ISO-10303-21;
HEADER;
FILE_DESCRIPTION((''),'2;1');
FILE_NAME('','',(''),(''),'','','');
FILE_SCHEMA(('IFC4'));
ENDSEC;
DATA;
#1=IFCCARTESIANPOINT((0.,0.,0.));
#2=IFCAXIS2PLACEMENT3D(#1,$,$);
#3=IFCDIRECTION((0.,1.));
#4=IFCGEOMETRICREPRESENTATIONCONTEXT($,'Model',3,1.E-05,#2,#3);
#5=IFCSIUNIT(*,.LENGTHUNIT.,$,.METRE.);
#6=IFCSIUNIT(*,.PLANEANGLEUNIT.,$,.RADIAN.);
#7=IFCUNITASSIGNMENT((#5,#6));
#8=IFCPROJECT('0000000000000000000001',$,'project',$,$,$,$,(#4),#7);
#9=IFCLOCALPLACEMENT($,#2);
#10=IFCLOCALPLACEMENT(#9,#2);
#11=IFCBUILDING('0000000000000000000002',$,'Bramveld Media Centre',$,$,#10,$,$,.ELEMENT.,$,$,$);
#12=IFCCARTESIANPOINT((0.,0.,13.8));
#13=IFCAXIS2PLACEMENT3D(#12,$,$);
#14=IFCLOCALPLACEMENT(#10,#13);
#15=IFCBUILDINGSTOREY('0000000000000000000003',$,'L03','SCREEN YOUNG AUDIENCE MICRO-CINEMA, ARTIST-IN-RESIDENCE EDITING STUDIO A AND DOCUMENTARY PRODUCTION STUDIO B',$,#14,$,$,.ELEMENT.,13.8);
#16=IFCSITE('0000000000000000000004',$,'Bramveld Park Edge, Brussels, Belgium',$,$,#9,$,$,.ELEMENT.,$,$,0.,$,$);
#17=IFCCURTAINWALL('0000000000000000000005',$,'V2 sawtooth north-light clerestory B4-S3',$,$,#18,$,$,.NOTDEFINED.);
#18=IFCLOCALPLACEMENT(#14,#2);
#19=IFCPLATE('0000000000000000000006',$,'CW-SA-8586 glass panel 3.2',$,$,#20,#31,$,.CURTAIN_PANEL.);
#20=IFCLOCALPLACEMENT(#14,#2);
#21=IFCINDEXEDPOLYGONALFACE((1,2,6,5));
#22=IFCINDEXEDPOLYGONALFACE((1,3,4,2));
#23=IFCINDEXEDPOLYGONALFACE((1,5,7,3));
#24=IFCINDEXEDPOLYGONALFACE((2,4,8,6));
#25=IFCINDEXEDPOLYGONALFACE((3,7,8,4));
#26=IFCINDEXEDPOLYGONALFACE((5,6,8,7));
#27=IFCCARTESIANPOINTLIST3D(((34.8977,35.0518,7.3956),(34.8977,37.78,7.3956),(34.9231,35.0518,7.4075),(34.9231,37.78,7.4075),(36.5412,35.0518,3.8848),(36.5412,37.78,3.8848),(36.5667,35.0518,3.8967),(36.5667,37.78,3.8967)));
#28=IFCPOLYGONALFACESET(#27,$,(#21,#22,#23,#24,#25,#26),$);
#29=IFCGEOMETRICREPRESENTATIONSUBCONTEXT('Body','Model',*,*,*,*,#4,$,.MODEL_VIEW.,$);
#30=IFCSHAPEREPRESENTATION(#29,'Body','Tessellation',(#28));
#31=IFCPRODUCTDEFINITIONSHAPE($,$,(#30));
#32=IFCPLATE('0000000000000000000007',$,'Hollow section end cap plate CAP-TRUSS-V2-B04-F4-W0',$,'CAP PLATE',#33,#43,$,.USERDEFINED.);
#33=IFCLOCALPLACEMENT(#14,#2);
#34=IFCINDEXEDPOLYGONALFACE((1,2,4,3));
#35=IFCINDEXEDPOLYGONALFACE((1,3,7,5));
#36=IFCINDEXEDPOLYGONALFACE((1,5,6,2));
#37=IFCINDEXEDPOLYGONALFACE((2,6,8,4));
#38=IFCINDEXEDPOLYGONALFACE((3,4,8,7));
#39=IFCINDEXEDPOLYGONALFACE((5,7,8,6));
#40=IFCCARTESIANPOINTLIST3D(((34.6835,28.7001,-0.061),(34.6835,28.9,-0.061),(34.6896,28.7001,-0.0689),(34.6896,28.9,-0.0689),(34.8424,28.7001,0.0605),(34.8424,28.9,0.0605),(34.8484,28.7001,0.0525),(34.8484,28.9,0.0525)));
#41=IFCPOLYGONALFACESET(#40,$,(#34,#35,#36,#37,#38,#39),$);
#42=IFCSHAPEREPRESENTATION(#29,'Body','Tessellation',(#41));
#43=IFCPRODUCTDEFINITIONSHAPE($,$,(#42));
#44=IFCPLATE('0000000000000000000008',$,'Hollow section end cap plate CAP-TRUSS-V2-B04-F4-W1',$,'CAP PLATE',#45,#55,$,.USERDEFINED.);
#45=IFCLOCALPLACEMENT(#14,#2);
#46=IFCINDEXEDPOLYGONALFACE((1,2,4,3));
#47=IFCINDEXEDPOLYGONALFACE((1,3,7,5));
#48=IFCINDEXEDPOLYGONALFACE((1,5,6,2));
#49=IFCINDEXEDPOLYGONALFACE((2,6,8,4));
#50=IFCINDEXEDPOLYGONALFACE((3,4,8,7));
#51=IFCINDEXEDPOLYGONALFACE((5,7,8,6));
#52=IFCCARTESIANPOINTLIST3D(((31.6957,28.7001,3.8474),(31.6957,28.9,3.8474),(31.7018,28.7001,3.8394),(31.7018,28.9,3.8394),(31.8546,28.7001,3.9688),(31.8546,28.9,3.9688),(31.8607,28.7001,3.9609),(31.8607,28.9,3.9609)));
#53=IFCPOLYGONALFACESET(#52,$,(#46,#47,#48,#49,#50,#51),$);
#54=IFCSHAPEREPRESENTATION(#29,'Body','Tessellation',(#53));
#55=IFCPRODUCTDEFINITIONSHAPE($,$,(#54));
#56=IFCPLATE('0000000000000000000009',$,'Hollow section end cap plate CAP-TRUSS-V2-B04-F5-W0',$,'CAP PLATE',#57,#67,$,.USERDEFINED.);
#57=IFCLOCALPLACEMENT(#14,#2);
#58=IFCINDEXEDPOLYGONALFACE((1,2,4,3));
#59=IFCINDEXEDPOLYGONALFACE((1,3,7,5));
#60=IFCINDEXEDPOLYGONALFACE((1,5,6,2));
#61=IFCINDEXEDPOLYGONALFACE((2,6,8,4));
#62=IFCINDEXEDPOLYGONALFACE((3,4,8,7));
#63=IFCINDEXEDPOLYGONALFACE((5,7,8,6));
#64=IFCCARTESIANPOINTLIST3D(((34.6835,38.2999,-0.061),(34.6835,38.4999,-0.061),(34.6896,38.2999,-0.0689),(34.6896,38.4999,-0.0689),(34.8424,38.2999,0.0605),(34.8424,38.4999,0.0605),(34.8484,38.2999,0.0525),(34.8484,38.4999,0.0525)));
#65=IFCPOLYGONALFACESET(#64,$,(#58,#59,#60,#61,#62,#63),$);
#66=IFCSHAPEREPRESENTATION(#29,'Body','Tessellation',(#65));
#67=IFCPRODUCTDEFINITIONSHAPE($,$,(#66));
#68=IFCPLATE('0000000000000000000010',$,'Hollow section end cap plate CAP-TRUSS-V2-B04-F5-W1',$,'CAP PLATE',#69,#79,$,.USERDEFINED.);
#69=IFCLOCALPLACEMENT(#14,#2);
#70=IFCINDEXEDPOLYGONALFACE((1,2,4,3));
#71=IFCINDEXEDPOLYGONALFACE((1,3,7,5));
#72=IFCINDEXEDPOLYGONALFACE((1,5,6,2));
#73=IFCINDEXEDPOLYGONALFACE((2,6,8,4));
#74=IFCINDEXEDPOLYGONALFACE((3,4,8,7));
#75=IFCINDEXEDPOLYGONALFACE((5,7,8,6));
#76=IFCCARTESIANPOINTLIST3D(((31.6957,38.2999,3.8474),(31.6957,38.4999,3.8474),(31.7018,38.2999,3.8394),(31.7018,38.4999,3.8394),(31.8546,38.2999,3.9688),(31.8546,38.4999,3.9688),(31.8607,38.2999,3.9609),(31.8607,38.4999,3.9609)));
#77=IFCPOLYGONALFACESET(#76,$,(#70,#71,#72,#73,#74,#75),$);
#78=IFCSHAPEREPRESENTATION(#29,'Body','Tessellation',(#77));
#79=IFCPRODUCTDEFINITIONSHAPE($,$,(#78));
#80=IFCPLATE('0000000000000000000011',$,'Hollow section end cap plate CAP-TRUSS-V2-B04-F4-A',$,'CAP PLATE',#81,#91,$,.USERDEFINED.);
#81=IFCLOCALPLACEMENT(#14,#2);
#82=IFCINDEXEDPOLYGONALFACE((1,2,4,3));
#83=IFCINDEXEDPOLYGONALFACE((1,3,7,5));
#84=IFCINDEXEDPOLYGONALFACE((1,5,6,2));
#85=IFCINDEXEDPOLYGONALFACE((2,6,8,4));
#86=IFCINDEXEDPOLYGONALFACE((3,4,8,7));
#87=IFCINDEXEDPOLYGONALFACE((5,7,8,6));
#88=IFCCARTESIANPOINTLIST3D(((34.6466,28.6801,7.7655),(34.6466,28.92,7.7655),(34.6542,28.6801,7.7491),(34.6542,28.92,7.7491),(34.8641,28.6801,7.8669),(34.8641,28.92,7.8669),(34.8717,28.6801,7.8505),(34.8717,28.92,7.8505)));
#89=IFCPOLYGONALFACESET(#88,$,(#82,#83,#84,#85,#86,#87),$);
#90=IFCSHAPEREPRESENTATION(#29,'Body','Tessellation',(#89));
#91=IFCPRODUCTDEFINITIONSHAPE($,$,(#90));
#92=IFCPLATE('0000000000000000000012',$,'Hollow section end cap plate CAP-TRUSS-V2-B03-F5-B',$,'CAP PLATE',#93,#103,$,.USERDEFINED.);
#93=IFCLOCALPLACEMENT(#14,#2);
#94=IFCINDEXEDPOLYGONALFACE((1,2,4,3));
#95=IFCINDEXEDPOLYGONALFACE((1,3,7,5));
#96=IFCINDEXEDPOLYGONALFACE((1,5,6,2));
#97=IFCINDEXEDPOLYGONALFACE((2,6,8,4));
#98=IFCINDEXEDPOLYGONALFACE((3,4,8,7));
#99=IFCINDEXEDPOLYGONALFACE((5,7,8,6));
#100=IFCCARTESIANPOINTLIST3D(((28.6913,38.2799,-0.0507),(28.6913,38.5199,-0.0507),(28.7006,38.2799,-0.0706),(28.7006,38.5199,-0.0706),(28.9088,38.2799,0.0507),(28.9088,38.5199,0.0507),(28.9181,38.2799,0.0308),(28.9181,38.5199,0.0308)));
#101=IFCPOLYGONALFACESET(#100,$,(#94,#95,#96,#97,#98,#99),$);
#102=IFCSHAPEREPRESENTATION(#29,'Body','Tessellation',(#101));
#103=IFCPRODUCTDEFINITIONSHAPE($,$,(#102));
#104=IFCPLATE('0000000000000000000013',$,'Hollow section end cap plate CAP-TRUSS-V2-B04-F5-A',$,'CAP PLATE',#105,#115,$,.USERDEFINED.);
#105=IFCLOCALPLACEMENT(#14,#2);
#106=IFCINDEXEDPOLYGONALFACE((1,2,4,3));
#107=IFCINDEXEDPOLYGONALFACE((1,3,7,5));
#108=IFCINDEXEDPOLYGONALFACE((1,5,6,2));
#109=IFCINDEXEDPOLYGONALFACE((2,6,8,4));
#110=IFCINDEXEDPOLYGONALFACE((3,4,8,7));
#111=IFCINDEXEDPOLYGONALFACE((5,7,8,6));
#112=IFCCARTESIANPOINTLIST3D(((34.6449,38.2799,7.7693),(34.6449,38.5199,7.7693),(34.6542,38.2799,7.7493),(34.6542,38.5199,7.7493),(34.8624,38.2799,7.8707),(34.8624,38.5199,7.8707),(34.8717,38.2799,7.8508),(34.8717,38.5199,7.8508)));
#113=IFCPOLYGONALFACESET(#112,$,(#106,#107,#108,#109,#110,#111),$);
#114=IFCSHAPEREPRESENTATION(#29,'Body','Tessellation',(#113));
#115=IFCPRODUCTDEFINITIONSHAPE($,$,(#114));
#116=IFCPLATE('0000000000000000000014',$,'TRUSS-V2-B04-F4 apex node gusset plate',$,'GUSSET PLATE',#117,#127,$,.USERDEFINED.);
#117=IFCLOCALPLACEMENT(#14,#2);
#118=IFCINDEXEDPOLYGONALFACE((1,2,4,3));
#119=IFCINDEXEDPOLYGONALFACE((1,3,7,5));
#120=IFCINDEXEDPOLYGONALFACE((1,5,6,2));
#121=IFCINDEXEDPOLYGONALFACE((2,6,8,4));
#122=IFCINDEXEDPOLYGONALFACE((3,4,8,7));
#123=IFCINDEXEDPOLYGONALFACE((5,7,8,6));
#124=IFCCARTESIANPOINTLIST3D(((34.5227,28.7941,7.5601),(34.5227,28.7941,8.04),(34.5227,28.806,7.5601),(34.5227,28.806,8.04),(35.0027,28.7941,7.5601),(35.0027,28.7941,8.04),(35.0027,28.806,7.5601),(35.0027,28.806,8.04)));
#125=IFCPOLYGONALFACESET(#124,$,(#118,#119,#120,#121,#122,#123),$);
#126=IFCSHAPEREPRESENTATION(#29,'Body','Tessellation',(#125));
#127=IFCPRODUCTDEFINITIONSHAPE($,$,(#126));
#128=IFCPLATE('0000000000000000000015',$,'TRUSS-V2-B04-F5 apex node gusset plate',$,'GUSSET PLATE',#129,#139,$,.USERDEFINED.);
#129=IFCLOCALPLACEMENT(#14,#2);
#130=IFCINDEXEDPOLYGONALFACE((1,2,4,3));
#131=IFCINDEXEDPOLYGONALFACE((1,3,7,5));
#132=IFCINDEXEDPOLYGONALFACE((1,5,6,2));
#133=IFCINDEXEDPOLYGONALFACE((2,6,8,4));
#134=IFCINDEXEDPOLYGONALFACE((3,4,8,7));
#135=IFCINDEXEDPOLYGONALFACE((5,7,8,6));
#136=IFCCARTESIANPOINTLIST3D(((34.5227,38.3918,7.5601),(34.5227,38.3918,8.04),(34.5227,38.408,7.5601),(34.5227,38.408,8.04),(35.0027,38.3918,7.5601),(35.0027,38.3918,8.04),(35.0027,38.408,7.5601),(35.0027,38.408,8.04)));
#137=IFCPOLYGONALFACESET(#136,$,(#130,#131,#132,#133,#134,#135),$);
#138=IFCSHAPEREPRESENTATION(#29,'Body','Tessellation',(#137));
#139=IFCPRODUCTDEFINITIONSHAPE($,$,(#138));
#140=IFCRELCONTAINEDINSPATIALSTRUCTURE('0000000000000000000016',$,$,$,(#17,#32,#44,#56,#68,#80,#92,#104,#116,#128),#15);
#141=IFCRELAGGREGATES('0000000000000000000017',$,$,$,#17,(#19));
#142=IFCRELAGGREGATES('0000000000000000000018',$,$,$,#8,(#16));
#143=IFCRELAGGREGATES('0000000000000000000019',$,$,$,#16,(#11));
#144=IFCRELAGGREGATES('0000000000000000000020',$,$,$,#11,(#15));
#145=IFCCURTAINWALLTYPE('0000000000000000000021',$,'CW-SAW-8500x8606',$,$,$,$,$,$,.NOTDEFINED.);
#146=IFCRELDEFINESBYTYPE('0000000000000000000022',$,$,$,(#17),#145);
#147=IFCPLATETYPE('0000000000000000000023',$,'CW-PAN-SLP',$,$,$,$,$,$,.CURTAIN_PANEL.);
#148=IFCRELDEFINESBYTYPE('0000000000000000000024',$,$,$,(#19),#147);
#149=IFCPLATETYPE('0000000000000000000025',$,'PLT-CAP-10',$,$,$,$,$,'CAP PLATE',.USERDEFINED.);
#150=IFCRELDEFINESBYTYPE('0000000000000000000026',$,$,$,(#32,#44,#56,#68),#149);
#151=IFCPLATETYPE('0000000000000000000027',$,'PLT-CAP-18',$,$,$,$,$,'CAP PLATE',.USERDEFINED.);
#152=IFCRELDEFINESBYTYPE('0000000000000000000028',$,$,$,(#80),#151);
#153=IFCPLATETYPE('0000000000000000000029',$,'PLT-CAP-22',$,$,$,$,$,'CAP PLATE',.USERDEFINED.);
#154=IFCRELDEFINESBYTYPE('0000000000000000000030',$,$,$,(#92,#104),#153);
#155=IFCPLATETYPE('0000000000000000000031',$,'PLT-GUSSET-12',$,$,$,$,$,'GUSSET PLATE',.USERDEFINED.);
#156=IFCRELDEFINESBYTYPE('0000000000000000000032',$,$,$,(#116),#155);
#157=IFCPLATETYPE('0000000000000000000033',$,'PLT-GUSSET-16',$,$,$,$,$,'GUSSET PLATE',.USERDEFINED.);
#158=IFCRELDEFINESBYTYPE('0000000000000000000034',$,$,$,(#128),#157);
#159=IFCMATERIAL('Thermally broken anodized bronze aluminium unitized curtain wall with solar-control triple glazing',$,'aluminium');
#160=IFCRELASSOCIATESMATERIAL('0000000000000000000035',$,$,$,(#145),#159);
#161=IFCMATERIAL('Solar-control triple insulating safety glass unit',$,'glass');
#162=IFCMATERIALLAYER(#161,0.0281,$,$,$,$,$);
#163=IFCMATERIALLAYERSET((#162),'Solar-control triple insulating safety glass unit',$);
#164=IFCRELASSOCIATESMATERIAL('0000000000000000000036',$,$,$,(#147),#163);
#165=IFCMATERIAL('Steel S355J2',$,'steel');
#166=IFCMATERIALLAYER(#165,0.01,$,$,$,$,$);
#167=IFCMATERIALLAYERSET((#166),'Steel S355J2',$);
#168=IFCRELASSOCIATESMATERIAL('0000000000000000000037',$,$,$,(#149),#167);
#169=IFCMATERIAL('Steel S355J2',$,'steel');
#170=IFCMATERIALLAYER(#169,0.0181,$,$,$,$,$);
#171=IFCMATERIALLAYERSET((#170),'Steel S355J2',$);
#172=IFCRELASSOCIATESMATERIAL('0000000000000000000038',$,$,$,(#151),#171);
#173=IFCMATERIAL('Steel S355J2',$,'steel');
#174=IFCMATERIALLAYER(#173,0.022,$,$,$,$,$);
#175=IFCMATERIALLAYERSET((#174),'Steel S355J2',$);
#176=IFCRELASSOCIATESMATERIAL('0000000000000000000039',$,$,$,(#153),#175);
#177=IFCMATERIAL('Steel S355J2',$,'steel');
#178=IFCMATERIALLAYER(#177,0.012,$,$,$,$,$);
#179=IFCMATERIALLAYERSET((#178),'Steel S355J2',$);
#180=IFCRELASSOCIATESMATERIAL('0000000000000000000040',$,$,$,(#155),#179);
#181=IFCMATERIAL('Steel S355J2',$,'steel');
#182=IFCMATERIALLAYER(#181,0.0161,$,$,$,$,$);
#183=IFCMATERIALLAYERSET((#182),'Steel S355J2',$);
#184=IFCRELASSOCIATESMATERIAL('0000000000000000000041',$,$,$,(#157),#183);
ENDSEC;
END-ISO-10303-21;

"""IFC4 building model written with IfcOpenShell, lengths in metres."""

from ifc_helpers import new_model, si_unit, direction, frame, origin, origin_2d, place, context, subcontext, project, spatial, polyline, rectangle, outline, extrude, material, layer, layer_set, type_object, element, aggregate, save


model = new_model("IFC4")

# Units and contexts
model_context = context("Model", 3, precision=1e-05, world=origin(), true_north=direction((0.0, 1.0)))
body_context = subcontext(model_context, "Body", "Model", "MODEL_VIEW")
ifc_project = project(units=[si_unit("LENGTHUNIT", "METRE"), si_unit("PLANEANGLEUNIT", "RADIAN")], contexts=[model_context])

# Site, building, storey
site_placement = place(None, origin())
site = spatial("IfcSite", under=ifc_project, at=site_placement, Name="Bramveld Park Edge, Brussels, Belgium", CompositionType="ELEMENT", RefElevation=0.0)
building_placement = place(site_placement, origin())
building = spatial("IfcBuilding", under=site, at=building_placement, Name="Bramveld Media Centre", CompositionType="ELEMENT")
storey_placement = place(building_placement, frame((0.0, 0.0, 13.8)))
storey = spatial("IfcBuildingStorey", under=building, at=storey_placement, Name="L03", Description="SCREEN YOUNG AUDIENCE MICRO-CINEMA, ARTIST-IN-RESIDENCE EDITING STUDIO A AND DOCUMENTARY PRODUCTION STUDIO B", CompositionType="ELEMENT", Elevation=13.8)

# Curtain wall
ifc_material_1 = material(Name="Thermally broken anodized bronze aluminium unitized curtain wall with solar-control triple glazing", Category="aluminium")
curtain_wall_type_1 = type_object("IfcCurtainWallType", Name="CW-SAW-8500x8606", PredefinedType="NOTDEFINED", material=ifc_material_1)
curtain_wall_1_placement = place(storey_placement, origin())
curtain_wall_1 = element("IfcCurtainWall", 1, at=curtain_wall_1_placement, inside=storey, type_object=curtain_wall_type_1, Name="V2 sawtooth north-light clerestory B4-S3", PredefinedType="NOTDEFINED")

# Plate
ifc_material_2 = material(Name="Solar-control triple insulating safety glass unit", Category="glass")
ifc_layer_1 = layer(ifc_material_2, 0.0281)
ifc_layer_set_1 = layer_set([ifc_layer_1], Name="Solar-control triple insulating safety glass unit")
plate_type_1 = type_object("IfcPlateType", Name="CW-PAN-SLP", PredefinedType="CURTAIN_PANEL", material=ifc_layer_set_1)
plate_1_placement = place(storey_placement, frame((36.5667, 35.0518, 3.8967), z_axis=(0.905668, 0.0, 0.423988), x_axis=(0.0, 1.0, 0.0)))
plate_1 = element("IfcPlate", 2, at=plate_1_placement, type_object=plate_type_1, Name="CW-SA-8586 glass panel 3.2", PredefinedType="CURTAIN_PANEL", context=body_context, shape_type="SweptSolid", body=[
    extrude(outline(polyline([(0.0, 0.0), (2.7283, 0.0), (2.7283, 3.8764), (0.0, 3.8764), (0.0, 0.0)])), origin(), (0.0, 0.0, -1.0), 0.0281),
])
aggregate(curtain_wall_1, [plate_1])

# Plates
ifc_material_3 = material(Name="Steel S355J2", Category="steel")
ifc_layer_2 = layer(ifc_material_3, 0.01)
ifc_layer_set_2 = layer_set([ifc_layer_2], Name="Steel S355J2")
plate_type_2 = type_object("IfcPlateType", Name="PLT-CAP-10", ElementType="CAP PLATE", PredefinedType="USERDEFINED", material=ifc_layer_set_2)
for number, where, z_axis, x_axis, name in (
    (3, (34.7629, 28.8, -0.0002), (0.607328, 0.0, -0.794451), (0.0, 1.0, 0.0), "Hollow section end cap plate CAP-TRUSS-V2-B04-F4-W0"),
    (4, (31.7812, 28.8, 3.9001), (-0.607328, 0.0, 0.794451), (0.0, -1.0, 0.0), "Hollow section end cap plate CAP-TRUSS-V2-B04-F4-W1"),
    (5, (34.7629, 38.3999, -0.0002), (0.607328, 0.0, -0.794451), (0.0, 1.0, 0.0), "Hollow section end cap plate CAP-TRUSS-V2-B04-F5-W0"),
    (6, (31.7812, 38.3999, 3.9001), (-0.607328, 0.0, 0.794451), (0.0, -1.0, 0.0), "Hollow section end cap plate CAP-TRUSS-V2-B04-F5-W1"),
):
    element("IfcPlate", number, at=place(storey_placement, frame(where, z_axis=z_axis, x_axis=x_axis)), inside=storey, type_object=plate_type_2, Name=name, ObjectType="CAP PLATE", PredefinedType="USERDEFINED", context=body_context, shape_type="SweptSolid", body=[
        extrude(rectangle(XDim=0.2, YDim=0.2, at=origin_2d()), origin(), (0.0, 0.0, 1.0), 0.01),
    ])
ifc_material_4 = material(Name="Steel S355J2", Category="steel")
ifc_layer_3 = layer(ifc_material_4, 0.0181)
ifc_layer_set_3 = layer_set([ifc_layer_3], Name="Steel S355J2")
plate_type_3 = type_object("IfcPlateType", Name="PLT-CAP-18", ElementType="CAP PLATE", PredefinedType="USERDEFINED", material=ifc_layer_set_3)
plate_2_placement = place(storey_placement, frame((34.7629, 28.8, 7.7998), z_axis=(-0.422618, 0.0, 0.906308), x_axis=(0.0, -1.0, 0.0)))
element("IfcPlate", 7, at=plate_2_placement, inside=storey, type_object=plate_type_3, Name="Hollow section end cap plate CAP-TRUSS-V2-B04-F4-A", ObjectType="CAP PLATE", PredefinedType="USERDEFINED", context=body_context, shape_type="SweptSolid", body=[
    extrude(rectangle(XDim=0.24, YDim=0.24, at=origin_2d()), origin(), (0.0, 0.0, 1.0), 0.0181),
])
ifc_material_5 = material(Name="Steel S355J2", Category="steel")
ifc_layer_4 = layer(ifc_material_5, 0.022)
ifc_layer_set_4 = layer_set([ifc_layer_4], Name="Steel S355J2")
plate_type_4 = type_object("IfcPlateType", Name="PLT-CAP-22", ElementType="CAP PLATE", PredefinedType="USERDEFINED", material=ifc_layer_set_4)
for number, where, z_axis, x_axis, name in (
    (8, (28.8, 38.3999, 0.0), (0.422618, 0.0, -0.906308), (0.0, 1.0, 0.0), "Hollow section end cap plate CAP-TRUSS-V2-B03-F5-B"),
    (9, (34.7629, 38.3999, 7.8), (-0.422618, 0.0, 0.906308), (0.0, -1.0, 0.0), "Hollow section end cap plate CAP-TRUSS-V2-B04-F5-A"),
):
    element("IfcPlate", number, at=place(storey_placement, frame(where, z_axis=z_axis, x_axis=x_axis)), inside=storey, type_object=plate_type_4, Name=name, ObjectType="CAP PLATE", PredefinedType="USERDEFINED", context=body_context, shape_type="SweptSolid", body=[
        extrude(rectangle(XDim=0.24, YDim=0.24, at=origin_2d()), origin(), (0.0, 0.0, 1.0), 0.022),
    ])
ifc_material_6 = material(Name="Steel S355J2", Category="steel")
ifc_layer_5 = layer(ifc_material_6, 0.012)
ifc_layer_set_5 = layer_set([ifc_layer_5], Name="Steel S355J2")
plate_type_5 = type_object("IfcPlateType", Name="PLT-GUSSET-12", ElementType="GUSSET PLATE", PredefinedType="USERDEFINED", material=ifc_layer_set_5)
plate_3_placement = place(storey_placement, frame((34.7627, 28.8, 7.5601), z_axis=(0.0, 0.0, 1.0), x_axis=(1.0, 0.0, 0.0)))
element("IfcPlate", 10, at=plate_3_placement, inside=storey, type_object=plate_type_5, Name="TRUSS-V2-B04-F4 apex node gusset plate", ObjectType="GUSSET PLATE", PredefinedType="USERDEFINED", context=body_context, shape_type="SweptSolid", body=[
    extrude(rectangle(XDim=0.48, YDim=0.012, at=origin_2d()), origin(), (0.0, 0.0, 1.0), 0.48),
])
ifc_material_7 = material(Name="Steel S355J2", Category="steel")
ifc_layer_6 = layer(ifc_material_7, 0.0161)
ifc_layer_set_6 = layer_set([ifc_layer_6], Name="Steel S355J2")
plate_type_6 = type_object("IfcPlateType", Name="PLT-GUSSET-16", ElementType="GUSSET PLATE", PredefinedType="USERDEFINED", material=ifc_layer_set_6)
plate_4_placement = place(storey_placement, frame((34.7627, 38.3999, 7.5601), z_axis=(0.0, 0.0, 1.0), x_axis=(1.0, 0.0, 0.0)))
element("IfcPlate", 11, at=plate_4_placement, inside=storey, type_object=plate_type_6, Name="TRUSS-V2-B04-F5 apex node gusset plate", ObjectType="GUSSET PLATE", PredefinedType="USERDEFINED", context=body_context, shape_type="SweptSolid", body=[
    extrude(rectangle(XDim=0.48, YDim=0.0161, at=origin_2d()), origin(), (0.0, 0.0, 1.0), 0.48),
])

save(model, "model.ifc")
